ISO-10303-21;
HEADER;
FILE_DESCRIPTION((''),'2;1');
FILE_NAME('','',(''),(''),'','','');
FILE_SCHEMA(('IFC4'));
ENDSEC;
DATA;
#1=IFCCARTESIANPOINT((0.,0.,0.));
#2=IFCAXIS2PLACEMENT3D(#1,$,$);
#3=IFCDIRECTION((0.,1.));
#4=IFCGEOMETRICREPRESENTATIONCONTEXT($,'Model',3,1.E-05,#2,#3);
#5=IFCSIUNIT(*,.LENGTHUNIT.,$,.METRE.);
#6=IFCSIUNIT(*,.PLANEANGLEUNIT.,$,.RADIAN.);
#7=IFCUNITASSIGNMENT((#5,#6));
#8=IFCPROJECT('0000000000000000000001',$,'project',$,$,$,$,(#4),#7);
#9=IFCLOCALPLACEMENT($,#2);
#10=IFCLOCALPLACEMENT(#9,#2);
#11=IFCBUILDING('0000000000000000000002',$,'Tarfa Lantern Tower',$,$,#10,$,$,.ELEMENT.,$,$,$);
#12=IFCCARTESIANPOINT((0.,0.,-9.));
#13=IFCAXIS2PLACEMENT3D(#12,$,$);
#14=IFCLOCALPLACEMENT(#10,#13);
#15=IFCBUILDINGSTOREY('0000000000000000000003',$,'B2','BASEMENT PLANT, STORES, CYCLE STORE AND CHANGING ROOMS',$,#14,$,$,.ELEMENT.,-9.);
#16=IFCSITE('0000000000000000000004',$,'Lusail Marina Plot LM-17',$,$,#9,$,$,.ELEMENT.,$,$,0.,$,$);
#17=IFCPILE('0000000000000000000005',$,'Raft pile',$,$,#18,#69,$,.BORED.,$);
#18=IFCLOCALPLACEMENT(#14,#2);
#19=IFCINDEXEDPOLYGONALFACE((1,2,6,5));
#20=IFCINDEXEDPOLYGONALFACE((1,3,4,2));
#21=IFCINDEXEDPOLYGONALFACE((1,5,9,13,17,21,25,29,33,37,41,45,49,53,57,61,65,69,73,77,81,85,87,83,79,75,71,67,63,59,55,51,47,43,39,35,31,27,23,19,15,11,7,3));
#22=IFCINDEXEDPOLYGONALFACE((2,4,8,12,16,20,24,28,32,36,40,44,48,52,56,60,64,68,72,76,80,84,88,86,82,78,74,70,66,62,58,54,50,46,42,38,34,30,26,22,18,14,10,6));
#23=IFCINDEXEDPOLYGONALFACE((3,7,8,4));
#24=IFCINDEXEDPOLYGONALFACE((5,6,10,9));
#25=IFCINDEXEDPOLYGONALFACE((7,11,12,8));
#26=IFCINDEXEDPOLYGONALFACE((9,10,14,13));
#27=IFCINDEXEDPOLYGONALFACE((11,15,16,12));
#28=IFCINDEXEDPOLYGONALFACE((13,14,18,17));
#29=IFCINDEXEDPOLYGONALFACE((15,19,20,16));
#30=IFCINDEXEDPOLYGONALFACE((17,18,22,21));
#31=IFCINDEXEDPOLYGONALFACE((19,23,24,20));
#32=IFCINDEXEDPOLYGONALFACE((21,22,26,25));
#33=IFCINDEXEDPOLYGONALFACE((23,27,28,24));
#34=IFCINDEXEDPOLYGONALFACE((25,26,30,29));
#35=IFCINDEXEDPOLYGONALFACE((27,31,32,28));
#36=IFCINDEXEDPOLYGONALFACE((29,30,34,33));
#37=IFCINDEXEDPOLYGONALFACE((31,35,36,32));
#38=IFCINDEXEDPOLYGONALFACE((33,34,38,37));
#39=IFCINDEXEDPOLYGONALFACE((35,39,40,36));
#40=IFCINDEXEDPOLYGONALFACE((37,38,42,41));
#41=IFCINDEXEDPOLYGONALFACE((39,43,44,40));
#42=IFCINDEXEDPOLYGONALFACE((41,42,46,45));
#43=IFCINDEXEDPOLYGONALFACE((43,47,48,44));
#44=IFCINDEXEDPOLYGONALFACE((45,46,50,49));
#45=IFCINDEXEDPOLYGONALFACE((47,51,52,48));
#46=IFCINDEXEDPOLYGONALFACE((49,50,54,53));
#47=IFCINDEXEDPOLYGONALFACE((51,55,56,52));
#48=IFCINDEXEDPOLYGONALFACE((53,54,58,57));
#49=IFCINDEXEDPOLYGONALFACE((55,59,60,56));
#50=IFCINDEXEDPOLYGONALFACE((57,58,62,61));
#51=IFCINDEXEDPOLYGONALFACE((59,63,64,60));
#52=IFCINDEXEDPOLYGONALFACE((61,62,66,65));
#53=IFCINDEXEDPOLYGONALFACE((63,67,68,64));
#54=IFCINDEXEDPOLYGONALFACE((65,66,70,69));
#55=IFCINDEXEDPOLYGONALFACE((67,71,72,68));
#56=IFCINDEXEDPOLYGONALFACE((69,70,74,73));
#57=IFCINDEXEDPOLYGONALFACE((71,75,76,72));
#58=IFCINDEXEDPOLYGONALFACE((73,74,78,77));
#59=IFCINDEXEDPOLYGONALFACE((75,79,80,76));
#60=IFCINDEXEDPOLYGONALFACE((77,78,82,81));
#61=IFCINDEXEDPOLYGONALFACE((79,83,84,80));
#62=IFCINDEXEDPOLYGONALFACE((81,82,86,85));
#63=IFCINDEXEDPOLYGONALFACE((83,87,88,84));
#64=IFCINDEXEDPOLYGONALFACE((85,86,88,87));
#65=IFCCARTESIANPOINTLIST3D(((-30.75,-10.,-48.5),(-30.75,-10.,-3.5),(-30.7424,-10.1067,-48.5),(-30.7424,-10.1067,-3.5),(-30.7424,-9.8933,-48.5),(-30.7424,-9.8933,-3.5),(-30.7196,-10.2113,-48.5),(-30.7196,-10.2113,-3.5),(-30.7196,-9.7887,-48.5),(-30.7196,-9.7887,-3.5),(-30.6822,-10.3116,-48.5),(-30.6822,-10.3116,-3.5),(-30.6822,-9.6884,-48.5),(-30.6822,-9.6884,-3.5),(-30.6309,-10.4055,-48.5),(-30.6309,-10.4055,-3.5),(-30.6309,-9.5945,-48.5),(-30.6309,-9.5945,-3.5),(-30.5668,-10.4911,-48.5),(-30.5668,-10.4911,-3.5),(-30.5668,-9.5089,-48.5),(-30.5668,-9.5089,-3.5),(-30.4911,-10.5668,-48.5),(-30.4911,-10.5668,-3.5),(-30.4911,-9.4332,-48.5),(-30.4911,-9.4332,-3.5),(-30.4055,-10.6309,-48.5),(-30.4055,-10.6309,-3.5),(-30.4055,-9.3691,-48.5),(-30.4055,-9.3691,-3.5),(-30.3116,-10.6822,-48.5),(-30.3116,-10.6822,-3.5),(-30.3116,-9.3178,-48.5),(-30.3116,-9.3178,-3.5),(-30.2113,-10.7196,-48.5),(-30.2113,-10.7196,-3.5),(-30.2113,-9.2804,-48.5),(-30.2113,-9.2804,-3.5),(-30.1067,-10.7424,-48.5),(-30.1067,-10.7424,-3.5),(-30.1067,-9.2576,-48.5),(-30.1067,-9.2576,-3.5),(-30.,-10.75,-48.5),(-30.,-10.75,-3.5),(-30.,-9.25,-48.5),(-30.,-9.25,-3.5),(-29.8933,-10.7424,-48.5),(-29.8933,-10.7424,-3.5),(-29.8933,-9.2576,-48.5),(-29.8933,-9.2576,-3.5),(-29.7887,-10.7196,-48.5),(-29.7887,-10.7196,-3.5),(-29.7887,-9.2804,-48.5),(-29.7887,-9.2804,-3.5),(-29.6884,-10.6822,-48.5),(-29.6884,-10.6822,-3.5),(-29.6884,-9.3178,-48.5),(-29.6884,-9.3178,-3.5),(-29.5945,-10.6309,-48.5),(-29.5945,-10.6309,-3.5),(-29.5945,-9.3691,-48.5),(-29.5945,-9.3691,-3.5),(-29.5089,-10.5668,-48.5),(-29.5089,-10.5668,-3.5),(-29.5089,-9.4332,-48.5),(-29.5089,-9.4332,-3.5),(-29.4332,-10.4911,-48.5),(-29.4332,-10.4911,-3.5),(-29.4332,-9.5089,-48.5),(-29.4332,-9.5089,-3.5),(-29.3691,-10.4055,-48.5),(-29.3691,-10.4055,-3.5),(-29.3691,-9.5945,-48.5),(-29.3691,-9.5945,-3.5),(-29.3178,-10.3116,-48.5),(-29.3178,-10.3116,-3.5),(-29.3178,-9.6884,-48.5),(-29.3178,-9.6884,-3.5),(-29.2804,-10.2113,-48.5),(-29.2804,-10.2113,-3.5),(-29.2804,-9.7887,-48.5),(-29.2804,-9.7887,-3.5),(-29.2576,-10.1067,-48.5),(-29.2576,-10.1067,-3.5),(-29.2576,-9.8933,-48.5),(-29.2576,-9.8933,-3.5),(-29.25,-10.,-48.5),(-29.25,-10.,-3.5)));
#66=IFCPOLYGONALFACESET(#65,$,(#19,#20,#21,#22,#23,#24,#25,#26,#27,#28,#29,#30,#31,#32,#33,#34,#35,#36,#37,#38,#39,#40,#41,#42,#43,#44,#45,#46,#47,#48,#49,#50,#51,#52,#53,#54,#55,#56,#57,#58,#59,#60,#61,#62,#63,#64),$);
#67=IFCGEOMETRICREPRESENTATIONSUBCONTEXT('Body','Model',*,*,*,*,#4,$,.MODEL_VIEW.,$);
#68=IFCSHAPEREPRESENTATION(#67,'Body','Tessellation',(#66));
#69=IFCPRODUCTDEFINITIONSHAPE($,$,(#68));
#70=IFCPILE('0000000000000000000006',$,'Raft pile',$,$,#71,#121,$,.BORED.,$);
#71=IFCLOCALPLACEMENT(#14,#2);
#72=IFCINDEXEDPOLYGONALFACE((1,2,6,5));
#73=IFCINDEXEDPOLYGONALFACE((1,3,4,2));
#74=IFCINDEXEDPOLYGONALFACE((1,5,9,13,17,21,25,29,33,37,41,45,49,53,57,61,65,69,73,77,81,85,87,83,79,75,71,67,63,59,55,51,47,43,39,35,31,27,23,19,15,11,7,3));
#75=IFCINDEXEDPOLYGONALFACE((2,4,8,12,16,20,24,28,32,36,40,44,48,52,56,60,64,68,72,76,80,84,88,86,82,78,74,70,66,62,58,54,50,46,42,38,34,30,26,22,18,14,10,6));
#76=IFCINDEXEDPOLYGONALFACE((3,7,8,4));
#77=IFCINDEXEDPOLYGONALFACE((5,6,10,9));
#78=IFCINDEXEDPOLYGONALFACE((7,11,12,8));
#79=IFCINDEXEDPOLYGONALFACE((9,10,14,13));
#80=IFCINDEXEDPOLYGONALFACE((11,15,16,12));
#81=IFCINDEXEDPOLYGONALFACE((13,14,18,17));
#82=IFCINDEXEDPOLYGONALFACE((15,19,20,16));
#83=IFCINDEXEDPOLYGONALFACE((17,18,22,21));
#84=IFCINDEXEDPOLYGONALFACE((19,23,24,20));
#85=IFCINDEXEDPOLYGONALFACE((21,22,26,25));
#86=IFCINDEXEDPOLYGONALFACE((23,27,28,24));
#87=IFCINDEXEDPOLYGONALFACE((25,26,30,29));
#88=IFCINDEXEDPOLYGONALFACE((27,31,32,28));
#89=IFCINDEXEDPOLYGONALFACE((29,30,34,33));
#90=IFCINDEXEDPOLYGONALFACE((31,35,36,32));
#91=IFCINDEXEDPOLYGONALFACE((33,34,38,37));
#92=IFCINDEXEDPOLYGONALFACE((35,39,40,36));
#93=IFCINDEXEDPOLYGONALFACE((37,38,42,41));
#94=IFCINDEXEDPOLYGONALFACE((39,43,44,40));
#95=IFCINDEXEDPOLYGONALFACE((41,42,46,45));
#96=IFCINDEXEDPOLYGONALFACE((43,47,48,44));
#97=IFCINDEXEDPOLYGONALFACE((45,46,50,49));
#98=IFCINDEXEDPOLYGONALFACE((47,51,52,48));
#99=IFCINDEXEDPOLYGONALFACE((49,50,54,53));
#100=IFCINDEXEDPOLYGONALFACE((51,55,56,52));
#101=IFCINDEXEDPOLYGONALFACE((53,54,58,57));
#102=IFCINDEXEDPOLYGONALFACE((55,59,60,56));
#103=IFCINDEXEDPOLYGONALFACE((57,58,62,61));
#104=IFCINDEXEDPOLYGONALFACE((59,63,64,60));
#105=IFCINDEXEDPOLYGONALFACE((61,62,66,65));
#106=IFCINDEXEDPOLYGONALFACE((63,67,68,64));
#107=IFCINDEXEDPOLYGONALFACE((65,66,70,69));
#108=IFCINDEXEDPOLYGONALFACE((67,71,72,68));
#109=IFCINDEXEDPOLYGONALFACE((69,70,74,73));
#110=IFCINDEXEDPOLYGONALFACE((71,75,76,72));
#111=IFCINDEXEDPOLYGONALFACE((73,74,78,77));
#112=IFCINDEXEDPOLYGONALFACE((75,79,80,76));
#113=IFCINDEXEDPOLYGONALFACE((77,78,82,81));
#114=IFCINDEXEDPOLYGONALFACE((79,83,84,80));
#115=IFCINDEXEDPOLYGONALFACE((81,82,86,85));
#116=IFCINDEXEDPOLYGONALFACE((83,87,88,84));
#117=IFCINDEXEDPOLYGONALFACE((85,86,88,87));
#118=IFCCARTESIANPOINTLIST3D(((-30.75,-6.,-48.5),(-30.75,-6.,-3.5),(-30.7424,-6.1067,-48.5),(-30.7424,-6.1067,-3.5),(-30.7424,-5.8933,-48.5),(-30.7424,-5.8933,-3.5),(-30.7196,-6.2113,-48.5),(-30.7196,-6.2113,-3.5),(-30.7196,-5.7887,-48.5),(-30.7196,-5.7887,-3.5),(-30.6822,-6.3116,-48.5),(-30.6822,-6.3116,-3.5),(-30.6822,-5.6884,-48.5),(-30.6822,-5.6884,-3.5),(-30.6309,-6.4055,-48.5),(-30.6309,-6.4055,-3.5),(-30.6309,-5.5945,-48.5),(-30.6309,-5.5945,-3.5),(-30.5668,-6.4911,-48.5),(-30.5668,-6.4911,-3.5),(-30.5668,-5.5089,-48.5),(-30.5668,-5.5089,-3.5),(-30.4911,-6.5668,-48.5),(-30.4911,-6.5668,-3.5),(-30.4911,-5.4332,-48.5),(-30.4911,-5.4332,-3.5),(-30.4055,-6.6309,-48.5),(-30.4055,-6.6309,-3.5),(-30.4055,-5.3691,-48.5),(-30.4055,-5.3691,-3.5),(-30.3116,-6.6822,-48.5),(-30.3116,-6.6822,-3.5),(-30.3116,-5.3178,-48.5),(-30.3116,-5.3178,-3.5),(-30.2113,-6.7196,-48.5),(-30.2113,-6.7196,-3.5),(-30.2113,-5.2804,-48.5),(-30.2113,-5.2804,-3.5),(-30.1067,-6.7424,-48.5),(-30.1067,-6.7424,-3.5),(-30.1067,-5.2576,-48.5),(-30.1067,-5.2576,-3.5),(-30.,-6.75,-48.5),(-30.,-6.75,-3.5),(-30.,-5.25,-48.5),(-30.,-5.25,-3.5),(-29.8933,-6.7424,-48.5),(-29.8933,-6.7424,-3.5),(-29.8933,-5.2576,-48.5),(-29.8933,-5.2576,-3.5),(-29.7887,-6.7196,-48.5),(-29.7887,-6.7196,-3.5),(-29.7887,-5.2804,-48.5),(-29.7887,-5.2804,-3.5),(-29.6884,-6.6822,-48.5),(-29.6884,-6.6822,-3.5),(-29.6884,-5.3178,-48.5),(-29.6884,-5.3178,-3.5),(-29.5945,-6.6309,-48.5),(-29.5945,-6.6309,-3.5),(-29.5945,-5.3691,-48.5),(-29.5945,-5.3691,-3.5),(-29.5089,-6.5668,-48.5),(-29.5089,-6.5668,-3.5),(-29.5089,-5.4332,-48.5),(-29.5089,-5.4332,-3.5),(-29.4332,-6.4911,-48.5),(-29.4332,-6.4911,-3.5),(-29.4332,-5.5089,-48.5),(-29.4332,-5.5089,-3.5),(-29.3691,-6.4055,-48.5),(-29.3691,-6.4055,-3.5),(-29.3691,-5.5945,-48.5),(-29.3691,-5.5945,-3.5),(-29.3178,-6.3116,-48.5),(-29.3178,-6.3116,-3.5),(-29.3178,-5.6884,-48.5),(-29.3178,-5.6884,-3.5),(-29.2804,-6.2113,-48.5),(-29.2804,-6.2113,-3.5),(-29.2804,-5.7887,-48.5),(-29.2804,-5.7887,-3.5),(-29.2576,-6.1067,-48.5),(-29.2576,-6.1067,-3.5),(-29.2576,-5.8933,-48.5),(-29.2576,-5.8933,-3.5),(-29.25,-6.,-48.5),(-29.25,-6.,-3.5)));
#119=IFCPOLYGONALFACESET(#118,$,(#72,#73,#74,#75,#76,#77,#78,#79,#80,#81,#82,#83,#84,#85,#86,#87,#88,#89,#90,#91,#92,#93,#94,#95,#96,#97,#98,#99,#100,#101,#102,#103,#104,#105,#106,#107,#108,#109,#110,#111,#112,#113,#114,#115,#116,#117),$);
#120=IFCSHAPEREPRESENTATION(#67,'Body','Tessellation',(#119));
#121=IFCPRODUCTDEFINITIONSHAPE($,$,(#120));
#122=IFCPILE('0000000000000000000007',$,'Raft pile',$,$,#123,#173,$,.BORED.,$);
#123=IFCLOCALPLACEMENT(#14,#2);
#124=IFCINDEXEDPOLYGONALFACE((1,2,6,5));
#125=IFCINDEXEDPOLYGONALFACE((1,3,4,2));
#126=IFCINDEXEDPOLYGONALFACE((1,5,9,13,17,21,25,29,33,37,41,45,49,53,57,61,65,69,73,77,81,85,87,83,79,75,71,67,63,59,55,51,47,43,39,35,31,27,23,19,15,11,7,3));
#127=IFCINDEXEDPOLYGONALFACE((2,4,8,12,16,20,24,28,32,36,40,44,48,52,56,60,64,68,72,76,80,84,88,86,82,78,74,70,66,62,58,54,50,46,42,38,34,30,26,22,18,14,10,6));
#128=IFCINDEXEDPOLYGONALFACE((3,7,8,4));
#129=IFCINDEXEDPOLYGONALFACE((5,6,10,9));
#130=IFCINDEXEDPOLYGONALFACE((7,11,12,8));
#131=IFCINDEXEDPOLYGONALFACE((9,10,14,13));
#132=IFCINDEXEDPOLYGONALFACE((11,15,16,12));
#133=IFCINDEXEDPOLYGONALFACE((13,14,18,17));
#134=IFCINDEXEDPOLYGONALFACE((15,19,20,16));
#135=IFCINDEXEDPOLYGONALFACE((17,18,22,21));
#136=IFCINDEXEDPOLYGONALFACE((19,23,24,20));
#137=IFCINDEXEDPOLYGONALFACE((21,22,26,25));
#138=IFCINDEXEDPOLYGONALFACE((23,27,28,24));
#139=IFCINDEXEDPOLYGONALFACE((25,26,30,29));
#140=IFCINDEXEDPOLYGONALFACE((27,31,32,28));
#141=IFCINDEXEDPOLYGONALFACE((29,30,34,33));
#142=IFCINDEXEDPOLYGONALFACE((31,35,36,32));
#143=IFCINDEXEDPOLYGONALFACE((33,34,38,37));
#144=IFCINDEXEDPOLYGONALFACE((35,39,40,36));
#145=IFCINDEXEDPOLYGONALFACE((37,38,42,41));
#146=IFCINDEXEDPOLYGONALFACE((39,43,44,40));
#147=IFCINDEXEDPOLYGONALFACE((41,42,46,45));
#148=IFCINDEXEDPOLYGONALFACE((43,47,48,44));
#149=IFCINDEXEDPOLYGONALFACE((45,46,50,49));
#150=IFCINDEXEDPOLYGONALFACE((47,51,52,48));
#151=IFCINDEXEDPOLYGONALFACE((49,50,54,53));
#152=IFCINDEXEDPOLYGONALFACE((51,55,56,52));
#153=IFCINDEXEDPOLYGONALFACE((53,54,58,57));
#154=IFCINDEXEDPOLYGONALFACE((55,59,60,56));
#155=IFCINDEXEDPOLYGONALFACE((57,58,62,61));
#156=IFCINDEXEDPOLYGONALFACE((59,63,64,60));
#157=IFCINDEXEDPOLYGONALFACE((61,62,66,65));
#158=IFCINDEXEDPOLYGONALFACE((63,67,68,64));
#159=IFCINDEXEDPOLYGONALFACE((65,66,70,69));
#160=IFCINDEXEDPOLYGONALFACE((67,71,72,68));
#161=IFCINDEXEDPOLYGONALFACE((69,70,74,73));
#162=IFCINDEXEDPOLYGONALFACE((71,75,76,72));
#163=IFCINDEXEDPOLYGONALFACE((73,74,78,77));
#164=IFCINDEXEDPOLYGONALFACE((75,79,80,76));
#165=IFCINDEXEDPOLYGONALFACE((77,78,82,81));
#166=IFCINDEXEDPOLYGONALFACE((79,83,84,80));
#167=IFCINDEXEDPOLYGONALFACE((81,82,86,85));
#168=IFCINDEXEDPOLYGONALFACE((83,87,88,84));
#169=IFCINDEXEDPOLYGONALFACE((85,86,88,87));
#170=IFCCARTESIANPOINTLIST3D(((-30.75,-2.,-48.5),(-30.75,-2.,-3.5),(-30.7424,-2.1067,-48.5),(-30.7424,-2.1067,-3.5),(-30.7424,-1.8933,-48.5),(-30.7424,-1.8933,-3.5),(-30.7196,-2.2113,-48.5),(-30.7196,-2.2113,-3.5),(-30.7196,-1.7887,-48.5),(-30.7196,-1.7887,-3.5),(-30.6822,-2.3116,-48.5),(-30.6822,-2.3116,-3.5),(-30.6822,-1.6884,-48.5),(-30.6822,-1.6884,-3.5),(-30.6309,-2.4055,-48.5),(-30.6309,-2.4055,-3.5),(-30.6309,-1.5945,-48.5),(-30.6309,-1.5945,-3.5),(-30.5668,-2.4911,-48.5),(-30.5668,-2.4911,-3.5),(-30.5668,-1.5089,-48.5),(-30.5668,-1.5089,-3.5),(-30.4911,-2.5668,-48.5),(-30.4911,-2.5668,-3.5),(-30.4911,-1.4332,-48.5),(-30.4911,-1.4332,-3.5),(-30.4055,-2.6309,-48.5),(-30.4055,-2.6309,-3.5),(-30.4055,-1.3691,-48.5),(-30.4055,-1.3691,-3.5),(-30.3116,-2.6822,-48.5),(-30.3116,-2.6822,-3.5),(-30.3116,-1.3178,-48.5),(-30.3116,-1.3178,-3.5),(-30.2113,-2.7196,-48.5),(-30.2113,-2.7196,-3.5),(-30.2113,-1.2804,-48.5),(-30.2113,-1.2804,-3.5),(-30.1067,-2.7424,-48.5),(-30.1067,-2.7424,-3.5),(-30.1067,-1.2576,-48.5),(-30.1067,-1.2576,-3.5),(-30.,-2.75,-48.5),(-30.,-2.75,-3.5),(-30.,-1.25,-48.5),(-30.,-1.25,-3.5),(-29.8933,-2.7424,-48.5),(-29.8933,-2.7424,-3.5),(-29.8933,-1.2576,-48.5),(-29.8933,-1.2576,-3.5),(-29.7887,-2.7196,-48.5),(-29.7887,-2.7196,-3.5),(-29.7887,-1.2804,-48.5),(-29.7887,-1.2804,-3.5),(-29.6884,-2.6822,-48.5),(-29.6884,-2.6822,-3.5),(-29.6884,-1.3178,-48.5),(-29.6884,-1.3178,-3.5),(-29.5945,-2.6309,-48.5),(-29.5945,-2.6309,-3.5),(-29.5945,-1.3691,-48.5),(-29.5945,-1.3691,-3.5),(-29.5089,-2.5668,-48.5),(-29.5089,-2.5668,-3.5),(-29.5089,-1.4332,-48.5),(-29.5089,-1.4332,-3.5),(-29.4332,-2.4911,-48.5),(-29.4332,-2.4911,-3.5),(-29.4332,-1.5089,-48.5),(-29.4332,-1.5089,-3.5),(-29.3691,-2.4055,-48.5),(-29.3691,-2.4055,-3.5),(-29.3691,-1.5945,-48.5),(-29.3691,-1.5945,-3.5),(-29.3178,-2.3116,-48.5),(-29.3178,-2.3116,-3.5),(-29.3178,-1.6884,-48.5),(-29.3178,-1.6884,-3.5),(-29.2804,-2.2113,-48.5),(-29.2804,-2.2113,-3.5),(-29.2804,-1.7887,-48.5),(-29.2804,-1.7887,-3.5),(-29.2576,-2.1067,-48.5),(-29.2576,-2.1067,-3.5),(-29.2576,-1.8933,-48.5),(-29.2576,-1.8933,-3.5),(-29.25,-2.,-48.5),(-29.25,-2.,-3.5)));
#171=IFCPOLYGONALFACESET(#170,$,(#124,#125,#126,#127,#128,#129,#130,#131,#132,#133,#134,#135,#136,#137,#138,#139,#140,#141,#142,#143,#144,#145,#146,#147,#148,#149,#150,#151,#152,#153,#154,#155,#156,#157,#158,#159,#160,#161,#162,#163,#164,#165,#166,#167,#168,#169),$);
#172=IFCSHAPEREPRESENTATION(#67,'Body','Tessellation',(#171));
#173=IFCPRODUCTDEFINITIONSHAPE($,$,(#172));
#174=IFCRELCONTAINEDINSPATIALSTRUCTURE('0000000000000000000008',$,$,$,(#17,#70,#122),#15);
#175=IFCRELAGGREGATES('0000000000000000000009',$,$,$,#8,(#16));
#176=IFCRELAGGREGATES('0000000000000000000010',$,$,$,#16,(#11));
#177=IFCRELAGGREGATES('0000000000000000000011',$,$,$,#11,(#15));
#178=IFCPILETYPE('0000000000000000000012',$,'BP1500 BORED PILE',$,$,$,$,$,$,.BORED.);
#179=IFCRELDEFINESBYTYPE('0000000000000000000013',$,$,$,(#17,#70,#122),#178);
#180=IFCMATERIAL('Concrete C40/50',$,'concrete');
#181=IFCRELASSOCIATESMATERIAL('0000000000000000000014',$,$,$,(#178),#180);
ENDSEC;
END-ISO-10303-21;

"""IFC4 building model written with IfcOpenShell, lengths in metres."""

from ifc_helpers import new_model, si_unit, direction, frame, origin, origin_2d, place, context, subcontext, project, spatial, circle, extrude, material, material_profile, profile_set, type_object, element, save


model = new_model("IFC4")

# Units and contexts
model_context = context("Model", 3, precision=1e-05, world=origin(), true_north=direction((0.0, 1.0)))
body_context = subcontext(model_context, "Body", "Model", "MODEL_VIEW")
ifc_project = project(units=[si_unit("LENGTHUNIT", "METRE"), si_unit("PLANEANGLEUNIT", "RADIAN")], contexts=[model_context])

# Site, building, storey
site_placement = place(None, origin())
site = spatial("IfcSite", under=ifc_project, at=site_placement, Name="Lusail Marina Plot LM-17", CompositionType="ELEMENT", RefElevation=0.0)
building_placement = place(site_placement, origin())
building = spatial("IfcBuilding", under=site, at=building_placement, Name="Tarfa Lantern Tower", CompositionType="ELEMENT")
storey_placement = place(building_placement, frame((0.0, 0.0, -9.0)))
storey = spatial("IfcBuildingStorey", under=building, at=storey_placement, Name="B2", Description="BASEMENT PLANT, STORES, CYCLE STORE AND CHANGING ROOMS", CompositionType="ELEMENT", Elevation=-9.0)

# Piles
ifc_material_1 = material(Name="Concrete C40/50", Category="concrete")
ifc_material_profile_1 = material_profile(ifc_material_1, circle(Radius=0.75, at=origin_2d()), Name="BORED PILE D1500")
ifc_profile_set_1 = profile_set([ifc_material_profile_1], Name="Concrete C40/50")
pile_type = type_object("IfcPileType", Name="BP1500 BORED PILE", PredefinedType="BORED", material=ifc_profile_set_1)
for number, where, z_axis, x_axis, name in (
    (1, (-30.0, -10.0, -3.5), (0.0, 0.0, -1.0), (1.0, 0.0, 0.0), "Raft pile"),
    (2, (-30.0, -6.0, -3.5), (0.0, 0.0, -1.0), (1.0, 0.0, 0.0), "Raft pile"),
    (3, (-30.0, -2.0, -3.5), (0.0, 0.0, -1.0), (1.0, 0.0, 0.0), "Raft pile"),
):
    element("IfcPile", number, at=place(storey_placement, frame(where, z_axis=z_axis, x_axis=x_axis)), inside=storey, type_object=pile_type, Name=name, PredefinedType="BORED", context=body_context, shape_type="SweptSolid", body=[
        extrude(circle(Radius=0.75, at=origin_2d()), origin(), (0.0, 0.0, 1.0), 45.0),
    ])

save(model, "model.ifc")
